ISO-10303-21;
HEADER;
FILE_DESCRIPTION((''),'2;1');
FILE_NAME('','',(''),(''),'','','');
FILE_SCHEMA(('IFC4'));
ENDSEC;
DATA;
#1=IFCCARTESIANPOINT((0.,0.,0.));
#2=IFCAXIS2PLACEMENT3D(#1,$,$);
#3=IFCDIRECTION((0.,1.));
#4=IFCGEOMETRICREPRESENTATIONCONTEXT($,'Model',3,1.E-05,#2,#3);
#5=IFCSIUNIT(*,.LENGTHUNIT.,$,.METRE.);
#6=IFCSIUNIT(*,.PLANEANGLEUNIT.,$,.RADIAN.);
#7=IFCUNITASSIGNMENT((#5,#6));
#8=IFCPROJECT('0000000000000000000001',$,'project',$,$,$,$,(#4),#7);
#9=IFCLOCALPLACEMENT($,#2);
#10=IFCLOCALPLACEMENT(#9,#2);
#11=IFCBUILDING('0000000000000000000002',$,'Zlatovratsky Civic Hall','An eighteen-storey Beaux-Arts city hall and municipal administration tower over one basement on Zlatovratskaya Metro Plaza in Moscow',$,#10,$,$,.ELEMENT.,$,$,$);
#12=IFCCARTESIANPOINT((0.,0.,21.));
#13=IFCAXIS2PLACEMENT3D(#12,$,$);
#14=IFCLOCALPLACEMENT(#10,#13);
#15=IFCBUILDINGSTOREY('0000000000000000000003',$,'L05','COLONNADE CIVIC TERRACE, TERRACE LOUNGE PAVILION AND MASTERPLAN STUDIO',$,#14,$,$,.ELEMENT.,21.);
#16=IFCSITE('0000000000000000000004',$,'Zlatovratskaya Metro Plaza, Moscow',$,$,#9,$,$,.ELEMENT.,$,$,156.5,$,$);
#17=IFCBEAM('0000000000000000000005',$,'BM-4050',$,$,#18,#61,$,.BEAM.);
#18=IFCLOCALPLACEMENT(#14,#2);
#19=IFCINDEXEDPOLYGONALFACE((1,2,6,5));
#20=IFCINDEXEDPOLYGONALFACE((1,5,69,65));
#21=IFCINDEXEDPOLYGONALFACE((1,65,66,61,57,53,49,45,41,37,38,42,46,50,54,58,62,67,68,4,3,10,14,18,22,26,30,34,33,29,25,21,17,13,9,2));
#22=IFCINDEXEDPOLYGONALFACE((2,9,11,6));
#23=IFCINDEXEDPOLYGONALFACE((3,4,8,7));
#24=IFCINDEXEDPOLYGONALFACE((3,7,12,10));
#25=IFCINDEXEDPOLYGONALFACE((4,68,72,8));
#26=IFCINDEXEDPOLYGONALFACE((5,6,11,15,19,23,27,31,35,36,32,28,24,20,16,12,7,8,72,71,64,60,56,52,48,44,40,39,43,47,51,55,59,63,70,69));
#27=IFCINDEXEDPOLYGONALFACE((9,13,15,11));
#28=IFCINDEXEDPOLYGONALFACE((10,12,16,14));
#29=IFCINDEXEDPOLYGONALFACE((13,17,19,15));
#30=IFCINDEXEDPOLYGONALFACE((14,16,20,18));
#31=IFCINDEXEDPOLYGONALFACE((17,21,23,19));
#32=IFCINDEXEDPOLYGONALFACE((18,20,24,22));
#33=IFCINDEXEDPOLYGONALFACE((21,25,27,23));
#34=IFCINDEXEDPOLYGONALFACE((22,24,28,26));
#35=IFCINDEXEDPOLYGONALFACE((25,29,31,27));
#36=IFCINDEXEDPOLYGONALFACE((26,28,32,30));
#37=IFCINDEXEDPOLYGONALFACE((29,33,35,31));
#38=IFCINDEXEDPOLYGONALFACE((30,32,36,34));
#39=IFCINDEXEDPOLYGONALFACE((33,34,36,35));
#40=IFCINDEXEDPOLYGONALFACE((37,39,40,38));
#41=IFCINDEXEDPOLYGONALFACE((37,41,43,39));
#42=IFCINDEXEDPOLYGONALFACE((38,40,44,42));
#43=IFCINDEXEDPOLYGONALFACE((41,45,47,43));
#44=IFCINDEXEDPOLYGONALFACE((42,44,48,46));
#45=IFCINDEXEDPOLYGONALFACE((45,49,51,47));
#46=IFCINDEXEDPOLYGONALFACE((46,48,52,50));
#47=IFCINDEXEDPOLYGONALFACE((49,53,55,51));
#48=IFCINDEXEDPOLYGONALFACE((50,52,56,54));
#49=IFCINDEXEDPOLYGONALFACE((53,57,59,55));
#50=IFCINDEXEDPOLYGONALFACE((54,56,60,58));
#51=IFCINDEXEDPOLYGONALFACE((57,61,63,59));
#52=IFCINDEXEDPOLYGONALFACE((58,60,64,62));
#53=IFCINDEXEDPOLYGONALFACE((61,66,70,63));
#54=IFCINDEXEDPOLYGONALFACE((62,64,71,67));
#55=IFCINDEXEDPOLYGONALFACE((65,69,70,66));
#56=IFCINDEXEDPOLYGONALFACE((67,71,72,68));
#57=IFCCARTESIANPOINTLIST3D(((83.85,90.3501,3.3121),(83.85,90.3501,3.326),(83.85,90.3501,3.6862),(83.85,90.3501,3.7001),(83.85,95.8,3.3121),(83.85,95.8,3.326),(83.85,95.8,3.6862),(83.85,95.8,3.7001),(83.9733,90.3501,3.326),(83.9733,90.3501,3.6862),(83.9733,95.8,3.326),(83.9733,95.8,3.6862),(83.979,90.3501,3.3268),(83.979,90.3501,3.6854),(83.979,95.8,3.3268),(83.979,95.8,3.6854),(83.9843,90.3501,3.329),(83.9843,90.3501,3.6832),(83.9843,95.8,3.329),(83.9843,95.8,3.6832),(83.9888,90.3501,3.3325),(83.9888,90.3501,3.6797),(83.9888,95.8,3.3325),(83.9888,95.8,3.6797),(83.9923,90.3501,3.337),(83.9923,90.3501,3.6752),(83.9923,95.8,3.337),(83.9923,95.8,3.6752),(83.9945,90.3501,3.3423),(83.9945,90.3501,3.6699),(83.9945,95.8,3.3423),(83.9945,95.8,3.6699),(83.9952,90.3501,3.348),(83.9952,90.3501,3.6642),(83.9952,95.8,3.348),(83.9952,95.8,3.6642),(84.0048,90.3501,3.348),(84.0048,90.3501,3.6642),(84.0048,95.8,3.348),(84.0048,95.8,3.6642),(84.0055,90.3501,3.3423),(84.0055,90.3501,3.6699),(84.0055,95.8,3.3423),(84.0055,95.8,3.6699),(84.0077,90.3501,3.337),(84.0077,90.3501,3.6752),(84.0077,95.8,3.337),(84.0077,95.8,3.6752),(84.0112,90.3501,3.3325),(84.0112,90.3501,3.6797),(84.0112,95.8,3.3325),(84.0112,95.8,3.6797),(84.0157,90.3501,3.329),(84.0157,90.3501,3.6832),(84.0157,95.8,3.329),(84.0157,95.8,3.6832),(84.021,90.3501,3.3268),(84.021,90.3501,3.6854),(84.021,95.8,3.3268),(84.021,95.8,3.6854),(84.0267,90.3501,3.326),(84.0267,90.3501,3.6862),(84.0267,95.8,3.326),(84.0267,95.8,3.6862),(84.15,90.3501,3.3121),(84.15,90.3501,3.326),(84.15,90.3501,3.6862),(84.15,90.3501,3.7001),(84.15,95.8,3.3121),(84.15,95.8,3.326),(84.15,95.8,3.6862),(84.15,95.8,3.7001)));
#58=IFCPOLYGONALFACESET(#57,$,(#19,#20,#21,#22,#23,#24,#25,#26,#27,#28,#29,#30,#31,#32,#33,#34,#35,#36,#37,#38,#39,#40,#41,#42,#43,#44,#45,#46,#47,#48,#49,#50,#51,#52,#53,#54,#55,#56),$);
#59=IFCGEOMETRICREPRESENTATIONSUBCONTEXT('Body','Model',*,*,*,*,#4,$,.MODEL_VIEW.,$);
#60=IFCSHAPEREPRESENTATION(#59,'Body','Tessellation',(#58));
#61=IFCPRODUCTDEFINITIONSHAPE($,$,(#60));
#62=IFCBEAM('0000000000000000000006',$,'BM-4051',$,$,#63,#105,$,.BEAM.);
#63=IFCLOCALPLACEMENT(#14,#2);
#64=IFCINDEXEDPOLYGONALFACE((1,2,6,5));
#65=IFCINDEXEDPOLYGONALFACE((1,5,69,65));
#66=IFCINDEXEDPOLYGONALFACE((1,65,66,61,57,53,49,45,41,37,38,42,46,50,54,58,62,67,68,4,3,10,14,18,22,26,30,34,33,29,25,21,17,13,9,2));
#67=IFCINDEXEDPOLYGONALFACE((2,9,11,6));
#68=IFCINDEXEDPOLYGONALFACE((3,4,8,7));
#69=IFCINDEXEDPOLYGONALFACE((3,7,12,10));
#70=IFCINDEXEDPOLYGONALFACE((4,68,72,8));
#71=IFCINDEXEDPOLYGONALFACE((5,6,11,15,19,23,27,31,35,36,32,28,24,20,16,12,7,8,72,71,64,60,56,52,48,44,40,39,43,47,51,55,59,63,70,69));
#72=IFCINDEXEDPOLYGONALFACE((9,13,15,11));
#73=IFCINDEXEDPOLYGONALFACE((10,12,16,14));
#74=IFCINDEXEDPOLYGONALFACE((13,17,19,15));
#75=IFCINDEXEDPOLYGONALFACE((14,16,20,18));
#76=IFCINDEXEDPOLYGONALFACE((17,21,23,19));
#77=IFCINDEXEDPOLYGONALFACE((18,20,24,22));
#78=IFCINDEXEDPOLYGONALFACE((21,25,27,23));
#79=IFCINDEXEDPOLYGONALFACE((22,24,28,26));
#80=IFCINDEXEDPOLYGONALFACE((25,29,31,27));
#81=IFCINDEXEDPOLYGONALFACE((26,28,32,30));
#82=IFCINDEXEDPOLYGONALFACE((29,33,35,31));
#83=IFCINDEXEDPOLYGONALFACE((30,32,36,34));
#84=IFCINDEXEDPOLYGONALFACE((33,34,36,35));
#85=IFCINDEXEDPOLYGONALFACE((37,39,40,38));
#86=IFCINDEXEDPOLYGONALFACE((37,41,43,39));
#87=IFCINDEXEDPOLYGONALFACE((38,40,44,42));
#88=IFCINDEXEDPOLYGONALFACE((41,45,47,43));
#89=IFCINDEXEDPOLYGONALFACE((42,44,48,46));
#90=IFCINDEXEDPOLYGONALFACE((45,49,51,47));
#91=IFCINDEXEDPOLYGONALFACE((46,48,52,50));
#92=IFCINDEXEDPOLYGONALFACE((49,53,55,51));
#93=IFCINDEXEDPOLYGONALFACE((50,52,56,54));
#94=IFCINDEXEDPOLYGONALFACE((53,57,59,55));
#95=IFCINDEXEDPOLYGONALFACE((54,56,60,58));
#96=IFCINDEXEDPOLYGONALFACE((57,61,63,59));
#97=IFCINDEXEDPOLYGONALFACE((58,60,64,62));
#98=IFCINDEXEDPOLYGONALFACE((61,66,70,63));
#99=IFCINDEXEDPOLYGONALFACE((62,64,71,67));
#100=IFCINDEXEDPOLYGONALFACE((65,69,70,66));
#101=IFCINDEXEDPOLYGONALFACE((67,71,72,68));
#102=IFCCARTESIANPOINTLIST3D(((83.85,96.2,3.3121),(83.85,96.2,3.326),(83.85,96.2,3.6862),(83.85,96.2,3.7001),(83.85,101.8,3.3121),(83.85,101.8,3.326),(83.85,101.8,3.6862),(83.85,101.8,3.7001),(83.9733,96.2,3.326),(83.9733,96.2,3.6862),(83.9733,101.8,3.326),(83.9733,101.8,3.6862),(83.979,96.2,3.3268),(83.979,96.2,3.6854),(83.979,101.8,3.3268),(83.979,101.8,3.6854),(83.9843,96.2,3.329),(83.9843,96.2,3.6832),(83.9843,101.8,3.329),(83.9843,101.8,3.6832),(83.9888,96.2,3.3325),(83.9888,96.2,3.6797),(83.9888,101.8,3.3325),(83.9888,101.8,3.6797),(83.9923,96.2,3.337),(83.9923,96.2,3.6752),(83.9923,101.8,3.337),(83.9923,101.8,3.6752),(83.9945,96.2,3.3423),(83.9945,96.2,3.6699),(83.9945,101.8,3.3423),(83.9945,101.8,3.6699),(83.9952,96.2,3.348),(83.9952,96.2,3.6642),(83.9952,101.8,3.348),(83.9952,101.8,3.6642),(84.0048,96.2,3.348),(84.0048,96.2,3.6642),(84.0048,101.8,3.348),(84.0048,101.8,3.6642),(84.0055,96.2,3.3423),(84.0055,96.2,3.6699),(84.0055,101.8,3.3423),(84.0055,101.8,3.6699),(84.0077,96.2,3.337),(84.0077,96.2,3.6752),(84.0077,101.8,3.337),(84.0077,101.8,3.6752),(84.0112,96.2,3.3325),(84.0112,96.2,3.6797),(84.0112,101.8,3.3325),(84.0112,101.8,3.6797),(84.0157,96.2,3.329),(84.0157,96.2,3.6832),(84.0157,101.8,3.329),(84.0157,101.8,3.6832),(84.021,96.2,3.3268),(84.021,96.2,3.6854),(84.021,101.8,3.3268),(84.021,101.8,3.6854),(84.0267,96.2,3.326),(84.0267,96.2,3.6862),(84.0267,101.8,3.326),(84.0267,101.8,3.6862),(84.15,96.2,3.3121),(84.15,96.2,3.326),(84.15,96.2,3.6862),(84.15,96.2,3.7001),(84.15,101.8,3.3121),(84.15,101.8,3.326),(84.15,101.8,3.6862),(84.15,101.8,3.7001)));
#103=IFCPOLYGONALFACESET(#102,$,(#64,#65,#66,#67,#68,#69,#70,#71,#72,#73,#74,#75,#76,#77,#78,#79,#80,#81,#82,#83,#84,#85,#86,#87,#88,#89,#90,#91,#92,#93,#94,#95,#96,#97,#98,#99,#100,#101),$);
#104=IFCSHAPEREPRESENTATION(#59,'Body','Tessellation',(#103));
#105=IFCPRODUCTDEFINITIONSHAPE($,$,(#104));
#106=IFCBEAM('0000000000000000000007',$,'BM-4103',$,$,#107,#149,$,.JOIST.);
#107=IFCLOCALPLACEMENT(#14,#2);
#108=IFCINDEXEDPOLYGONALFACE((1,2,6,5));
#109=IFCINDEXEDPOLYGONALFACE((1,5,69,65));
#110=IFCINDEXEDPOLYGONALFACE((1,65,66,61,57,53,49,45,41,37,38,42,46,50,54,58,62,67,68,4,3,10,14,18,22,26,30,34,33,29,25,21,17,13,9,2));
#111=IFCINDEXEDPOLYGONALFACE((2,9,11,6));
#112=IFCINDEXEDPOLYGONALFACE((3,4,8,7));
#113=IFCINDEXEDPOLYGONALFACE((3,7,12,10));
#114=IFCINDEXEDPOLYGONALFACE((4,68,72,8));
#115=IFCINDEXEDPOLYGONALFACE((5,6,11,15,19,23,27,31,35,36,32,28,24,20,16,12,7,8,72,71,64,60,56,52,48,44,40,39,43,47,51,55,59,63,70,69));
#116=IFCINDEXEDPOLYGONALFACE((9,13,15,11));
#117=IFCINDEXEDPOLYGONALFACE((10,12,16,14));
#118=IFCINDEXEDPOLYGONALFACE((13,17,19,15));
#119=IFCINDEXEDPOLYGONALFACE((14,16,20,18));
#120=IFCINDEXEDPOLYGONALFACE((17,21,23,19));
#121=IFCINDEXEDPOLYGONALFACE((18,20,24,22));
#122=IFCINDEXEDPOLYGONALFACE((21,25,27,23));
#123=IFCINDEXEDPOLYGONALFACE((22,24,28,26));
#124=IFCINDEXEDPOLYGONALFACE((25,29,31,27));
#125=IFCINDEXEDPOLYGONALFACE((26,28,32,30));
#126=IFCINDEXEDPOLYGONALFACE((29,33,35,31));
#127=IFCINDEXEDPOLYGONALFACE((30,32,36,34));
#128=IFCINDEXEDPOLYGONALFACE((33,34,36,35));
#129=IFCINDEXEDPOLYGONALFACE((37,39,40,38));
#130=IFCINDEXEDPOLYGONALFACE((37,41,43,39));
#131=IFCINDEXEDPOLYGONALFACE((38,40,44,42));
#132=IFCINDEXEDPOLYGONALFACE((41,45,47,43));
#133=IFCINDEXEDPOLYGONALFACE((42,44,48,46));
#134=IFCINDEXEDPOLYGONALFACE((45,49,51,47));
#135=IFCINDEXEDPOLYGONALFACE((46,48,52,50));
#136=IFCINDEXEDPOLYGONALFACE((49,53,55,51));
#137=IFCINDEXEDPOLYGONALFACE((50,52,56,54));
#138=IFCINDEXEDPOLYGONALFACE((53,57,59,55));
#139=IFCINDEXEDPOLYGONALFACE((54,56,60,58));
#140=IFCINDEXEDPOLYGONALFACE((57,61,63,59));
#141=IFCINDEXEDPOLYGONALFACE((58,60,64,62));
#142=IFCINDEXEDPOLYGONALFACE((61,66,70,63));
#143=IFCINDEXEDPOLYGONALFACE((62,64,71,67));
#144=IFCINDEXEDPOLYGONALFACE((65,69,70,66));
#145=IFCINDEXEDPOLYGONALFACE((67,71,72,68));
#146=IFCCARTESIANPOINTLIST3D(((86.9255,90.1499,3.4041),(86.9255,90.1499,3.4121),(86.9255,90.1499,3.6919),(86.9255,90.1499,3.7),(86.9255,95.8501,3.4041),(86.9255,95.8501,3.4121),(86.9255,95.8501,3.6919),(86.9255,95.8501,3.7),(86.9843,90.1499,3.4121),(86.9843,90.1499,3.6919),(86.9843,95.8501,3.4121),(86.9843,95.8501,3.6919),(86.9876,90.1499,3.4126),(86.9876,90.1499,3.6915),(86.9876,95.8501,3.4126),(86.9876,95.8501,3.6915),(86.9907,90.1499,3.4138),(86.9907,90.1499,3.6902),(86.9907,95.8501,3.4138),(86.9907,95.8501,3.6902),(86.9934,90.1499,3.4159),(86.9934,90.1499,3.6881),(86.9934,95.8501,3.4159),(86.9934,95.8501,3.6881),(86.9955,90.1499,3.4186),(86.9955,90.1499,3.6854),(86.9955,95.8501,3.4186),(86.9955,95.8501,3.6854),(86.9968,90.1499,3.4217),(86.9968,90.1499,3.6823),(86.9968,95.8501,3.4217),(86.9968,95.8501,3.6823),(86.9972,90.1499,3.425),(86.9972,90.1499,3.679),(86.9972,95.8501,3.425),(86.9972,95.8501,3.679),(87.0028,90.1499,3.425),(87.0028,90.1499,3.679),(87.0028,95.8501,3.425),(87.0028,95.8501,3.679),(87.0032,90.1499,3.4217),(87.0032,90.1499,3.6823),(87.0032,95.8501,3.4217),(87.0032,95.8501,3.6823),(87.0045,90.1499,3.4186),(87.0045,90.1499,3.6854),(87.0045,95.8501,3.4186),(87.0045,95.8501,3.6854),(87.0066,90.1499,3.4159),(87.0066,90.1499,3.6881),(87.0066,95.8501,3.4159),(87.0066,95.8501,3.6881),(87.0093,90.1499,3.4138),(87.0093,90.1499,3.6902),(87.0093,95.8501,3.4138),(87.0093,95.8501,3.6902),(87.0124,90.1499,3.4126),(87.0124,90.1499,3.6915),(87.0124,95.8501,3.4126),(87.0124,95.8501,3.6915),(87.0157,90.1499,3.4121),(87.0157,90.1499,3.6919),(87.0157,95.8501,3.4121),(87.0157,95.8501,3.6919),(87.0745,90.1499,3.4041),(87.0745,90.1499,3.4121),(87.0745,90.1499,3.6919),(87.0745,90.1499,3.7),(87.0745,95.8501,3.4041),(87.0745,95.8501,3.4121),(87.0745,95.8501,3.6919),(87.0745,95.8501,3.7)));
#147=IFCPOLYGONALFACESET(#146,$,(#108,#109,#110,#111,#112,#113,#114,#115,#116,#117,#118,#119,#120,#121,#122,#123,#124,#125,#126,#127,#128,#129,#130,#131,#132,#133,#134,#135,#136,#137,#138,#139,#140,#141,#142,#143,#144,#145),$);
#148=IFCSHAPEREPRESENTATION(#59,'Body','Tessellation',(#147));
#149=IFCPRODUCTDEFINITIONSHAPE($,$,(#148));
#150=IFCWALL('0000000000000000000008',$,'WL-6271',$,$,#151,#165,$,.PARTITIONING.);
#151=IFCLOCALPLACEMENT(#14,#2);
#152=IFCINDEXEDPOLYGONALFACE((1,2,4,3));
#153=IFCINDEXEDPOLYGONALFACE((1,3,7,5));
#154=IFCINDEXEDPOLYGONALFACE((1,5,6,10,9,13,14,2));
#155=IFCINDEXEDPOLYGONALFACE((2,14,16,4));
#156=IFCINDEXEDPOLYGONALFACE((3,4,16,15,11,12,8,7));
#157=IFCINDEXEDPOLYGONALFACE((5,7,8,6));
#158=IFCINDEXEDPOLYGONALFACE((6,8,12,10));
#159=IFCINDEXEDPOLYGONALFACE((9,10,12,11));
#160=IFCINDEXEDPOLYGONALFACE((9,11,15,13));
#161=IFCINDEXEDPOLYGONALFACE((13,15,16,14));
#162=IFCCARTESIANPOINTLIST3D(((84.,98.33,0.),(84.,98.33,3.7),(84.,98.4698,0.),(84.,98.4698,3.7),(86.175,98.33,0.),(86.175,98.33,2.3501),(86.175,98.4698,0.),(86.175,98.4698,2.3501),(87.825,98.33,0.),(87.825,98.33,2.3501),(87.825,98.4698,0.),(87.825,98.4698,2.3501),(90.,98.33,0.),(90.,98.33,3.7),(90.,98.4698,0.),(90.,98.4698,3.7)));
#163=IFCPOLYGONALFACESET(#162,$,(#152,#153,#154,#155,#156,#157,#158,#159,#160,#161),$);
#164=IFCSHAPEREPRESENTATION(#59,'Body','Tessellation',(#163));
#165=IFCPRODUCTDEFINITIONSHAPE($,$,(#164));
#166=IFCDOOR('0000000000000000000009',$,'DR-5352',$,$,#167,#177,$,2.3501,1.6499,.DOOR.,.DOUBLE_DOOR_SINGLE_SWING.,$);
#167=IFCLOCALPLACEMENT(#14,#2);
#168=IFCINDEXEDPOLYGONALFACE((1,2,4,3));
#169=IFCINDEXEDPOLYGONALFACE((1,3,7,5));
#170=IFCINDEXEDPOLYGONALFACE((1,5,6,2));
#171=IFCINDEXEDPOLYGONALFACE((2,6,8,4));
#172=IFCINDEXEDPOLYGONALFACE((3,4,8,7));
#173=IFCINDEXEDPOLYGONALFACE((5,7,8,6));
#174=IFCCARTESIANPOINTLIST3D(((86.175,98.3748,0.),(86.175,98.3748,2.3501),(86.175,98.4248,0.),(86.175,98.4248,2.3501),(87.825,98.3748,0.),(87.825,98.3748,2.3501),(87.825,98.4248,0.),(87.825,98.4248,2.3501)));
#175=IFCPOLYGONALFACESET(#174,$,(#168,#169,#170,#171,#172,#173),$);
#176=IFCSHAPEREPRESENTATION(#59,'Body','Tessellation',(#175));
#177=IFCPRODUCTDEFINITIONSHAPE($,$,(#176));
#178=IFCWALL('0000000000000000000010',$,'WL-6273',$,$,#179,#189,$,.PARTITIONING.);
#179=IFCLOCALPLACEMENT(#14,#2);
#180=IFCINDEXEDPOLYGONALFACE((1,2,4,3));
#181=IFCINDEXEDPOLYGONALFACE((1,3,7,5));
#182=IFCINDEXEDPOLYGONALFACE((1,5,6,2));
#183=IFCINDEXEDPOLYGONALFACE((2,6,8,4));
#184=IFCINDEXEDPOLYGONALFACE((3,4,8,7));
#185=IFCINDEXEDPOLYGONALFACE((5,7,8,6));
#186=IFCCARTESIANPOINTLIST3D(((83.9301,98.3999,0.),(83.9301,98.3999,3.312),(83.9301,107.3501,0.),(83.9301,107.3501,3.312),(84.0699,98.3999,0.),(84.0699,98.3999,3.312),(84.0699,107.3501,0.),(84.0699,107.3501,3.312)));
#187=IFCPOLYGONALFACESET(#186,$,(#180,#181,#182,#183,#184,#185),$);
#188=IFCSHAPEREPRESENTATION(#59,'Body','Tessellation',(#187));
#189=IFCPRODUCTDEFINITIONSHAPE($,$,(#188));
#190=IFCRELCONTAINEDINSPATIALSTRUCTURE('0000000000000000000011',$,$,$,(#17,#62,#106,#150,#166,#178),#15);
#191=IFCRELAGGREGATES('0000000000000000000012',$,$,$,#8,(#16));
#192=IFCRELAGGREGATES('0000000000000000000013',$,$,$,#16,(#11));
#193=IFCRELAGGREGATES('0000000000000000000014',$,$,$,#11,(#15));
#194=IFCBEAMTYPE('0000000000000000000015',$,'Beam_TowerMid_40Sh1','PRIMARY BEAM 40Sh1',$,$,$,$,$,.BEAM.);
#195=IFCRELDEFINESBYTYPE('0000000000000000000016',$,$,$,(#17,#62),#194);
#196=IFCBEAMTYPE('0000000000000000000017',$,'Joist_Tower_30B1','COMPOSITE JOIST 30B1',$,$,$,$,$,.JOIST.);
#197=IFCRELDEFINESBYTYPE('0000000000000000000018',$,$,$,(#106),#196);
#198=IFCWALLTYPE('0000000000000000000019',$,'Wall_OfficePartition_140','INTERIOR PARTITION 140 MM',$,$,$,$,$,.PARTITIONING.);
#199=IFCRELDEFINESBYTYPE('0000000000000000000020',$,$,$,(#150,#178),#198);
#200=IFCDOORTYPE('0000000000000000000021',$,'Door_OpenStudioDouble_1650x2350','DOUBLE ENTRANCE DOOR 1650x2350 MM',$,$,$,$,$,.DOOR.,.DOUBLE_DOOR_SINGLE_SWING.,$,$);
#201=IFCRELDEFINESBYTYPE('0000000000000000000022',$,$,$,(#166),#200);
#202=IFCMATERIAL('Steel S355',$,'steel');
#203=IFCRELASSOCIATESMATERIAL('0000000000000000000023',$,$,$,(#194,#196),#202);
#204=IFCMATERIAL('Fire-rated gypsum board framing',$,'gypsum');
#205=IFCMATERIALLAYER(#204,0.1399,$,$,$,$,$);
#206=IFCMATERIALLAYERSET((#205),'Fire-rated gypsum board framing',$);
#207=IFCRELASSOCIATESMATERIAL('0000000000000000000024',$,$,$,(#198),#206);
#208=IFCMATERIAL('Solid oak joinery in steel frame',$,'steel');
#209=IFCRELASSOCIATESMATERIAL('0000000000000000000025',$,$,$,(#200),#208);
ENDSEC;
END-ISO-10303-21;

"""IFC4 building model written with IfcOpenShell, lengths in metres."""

from ifc_helpers import new_model, si_unit, direction, frame, frame_2d, origin, origin_2d, place, context, subcontext, project, spatial, rectangle, i_section, extrude, material, layer, layer_set, material_profile, profile_set, type_object, element, fill, save


model = new_model("IFC4")

# Units and contexts
model_context = context("Model", 3, precision=1e-05, world=origin(), true_north=direction((0.0, 1.0)))
body_context = subcontext(model_context, "Body", "Model", "MODEL_VIEW")
ifc_project = project(units=[si_unit("LENGTHUNIT", "METRE"), si_unit("PLANEANGLEUNIT", "RADIAN")], contexts=[model_context])

# Site, building, storey
site_placement = place(None, origin())
site = spatial("IfcSite", under=ifc_project, at=site_placement, Name="Zlatovratskaya Metro Plaza, Moscow", CompositionType="ELEMENT", RefElevation=156.5)
building_placement = place(site_placement, origin())
building = spatial("IfcBuilding", under=site, at=building_placement, Name="Zlatovratsky Civic Hall", Description="An eighteen-storey Beaux-Arts city hall and municipal administration tower over one basement on Zlatovratskaya Metro Plaza in Moscow", CompositionType="ELEMENT")
storey_placement = place(building_placement, frame((0.0, 0.0, 21.0)))
storey = spatial("IfcBuildingStorey", under=building, at=storey_placement, Name="L05", Description="COLONNADE CIVIC TERRACE, TERRACE LOUNGE PAVILION AND MASTERPLAN STUDIO", CompositionType="ELEMENT", Elevation=21.0)

# Shared definitions
ifc_material_1 = material(Name="Steel S355", Category="steel")

# Beams
ifc_material_profile_1 = material_profile(ifc_material_1, i_section(OverallWidth=0.3, OverallDepth=0.3879, WebThickness=0.0095, FlangeThickness=0.0139, FilletRadius=0.022, at=origin_2d()), Name="40Sh1")
ifc_profile_set_1 = profile_set([ifc_material_profile_1], Name="Steel S355")
beam_type_1 = type_object("IfcBeamType", Name="Beam_TowerMid_40Sh1", Description="PRIMARY BEAM 40Sh1", PredefinedType="BEAM", material=ifc_profile_set_1)
beam_1_placement = place(storey_placement, frame((84.0, 90.3501, 3.5061), z_axis=(0.0, 1.0, 0.0), x_axis=(-1.0, 0.0, 0.0)))
element("IfcBeam", 1, at=beam_1_placement, inside=storey, type_object=beam_type_1, Name="BM-4050", PredefinedType="BEAM", context=body_context, shape_type="SweptSolid", body=[
    extrude(i_section(OverallWidth=0.3, OverallDepth=0.3879, WebThickness=0.0095, FlangeThickness=0.0139, FilletRadius=0.022, at=origin_2d()), origin(), (0.0, 0.0, 1.0), 5.45),
])
beam_2_placement = place(storey_placement, frame((84.0, 96.2, 3.5061), z_axis=(0.0, 1.0, 0.0), x_axis=(-1.0, 0.0, 0.0)))
element("IfcBeam", 2, at=beam_2_placement, inside=storey, type_object=beam_type_1, Name="BM-4051", PredefinedType="BEAM", context=body_context, shape_type="SweptSolid", body=[
    extrude(i_section(OverallWidth=0.3, OverallDepth=0.3879, WebThickness=0.0095, FlangeThickness=0.0139, FilletRadius=0.022, at=origin_2d()), origin(), (0.0, 0.0, 1.0), 5.6001),
])
ifc_material_profile_2 = material_profile(ifc_material_1, i_section(OverallWidth=0.1489, OverallDepth=0.2959, WebThickness=0.0056, FlangeThickness=0.0081, FilletRadius=0.0129, at=origin_2d()), Name="30B1")
ifc_profile_set_2 = profile_set([ifc_material_profile_2], Name="Steel S355")
beam_type_2 = type_object("IfcBeamType", Name="Joist_Tower_30B1", Description="COMPOSITE JOIST 30B1", PredefinedType="JOIST", material=ifc_profile_set_2)
beam_3_placement = place(storey_placement, frame((87.0, 90.1499, 3.552), z_axis=(0.0, 1.0, 0.0), x_axis=(-1.0, 0.0, 0.0)))
element("IfcBeam", 3, at=beam_3_placement, inside=storey, type_object=beam_type_2, Name="BM-4103", PredefinedType="JOIST", context=body_context, shape_type="SweptSolid", body=[
    extrude(i_section(OverallWidth=0.1489, OverallDepth=0.2959, WebThickness=0.0056, FlangeThickness=0.0081, FilletRadius=0.0129, at=origin_2d()), origin(), (0.0, 0.0, 1.0), 5.7002),
])

# Wall, opening, door
ifc_material_2 = material(Name="Fire-rated gypsum board framing", Category="gypsum")
ifc_layer_1 = layer(ifc_material_2, 0.1399)
ifc_layer_set_1 = layer_set([ifc_layer_1], Name="Fire-rated gypsum board framing")
wall_type_1 = type_object("IfcWallType", Name="Wall_OfficePartition_140", Description="INTERIOR PARTITION 140 MM", PredefinedType="PARTITIONING", material=ifc_layer_set_1)
wall_1_placement = place(storey_placement, frame((84.0, 98.3999, 0.0), z_axis=(0.0, 0.0, 1.0), x_axis=(1.0, 0.0, 0.0)))
wall_1 = element("IfcWall", 4, at=wall_1_placement, inside=storey, type_object=wall_type_1, Name="WL-6271", PredefinedType="PARTITIONING", context=body_context, shape_type="SweptSolid", body=[
    extrude(rectangle(XDim=6.0, YDim=0.1399, at=frame_2d((3.0, 0.0))), origin(), (0.0, 0.0, 1.0), 3.7),
])
opening_1_placement = place(wall_1_placement, frame((2.175, 0.0, 0.0)))
opening_1 = element("IfcOpeningElement", 5, at=opening_1_placement, cuts=wall_1, PredefinedType="OPENING", context=body_context, shape_type="SweptSolid", body=[
    extrude(rectangle(XDim=1.6499, YDim=2.3501, at=frame_2d((0.825, 1.175))), frame((0.0, 0.085, 0.0), z_axis=(0.0, -1.0, 0.0), x_axis=(1.0, 0.0, 0.0)), (0.0, 0.0, 1.0), 0.1697),
])
ifc_material_3 = material(Name="Solid oak joinery in steel frame", Category="steel")
door_type_1 = type_object("IfcDoorType", Name="Door_OpenStudioDouble_1650x2350", Description="DOUBLE ENTRANCE DOOR 1650x2350 MM", OperationType="DOUBLE_DOOR_SINGLE_SWING", PredefinedType="DOOR", material=ifc_material_3)
door_1_placement = place(opening_1_placement, origin())
door_1 = element("IfcDoor", 6, at=door_1_placement, inside=storey, type_object=door_type_1, Name="DR-5352", OperationType="DOUBLE_DOOR_SINGLE_SWING", OverallHeight=2.3501, OverallWidth=1.6499, PredefinedType="DOOR", context=body_context, shape_type="SweptSolid", body=[
    extrude(rectangle(XDim=1.6499, YDim=2.3501, at=frame_2d((0.825, 1.175))), frame((0.0, 0.0249, 0.0), z_axis=(0.0, -1.0, 0.0), x_axis=(1.0, 0.0, 0.0)), (0.0, 0.0, 1.0), 0.05),
])
fill(opening_1, door_1)

# Wall
wall_2_placement = place(storey_placement, frame((84.0, 98.3999, 0.0), z_axis=(0.0, 0.0, 1.0), x_axis=(0.0, 1.0, 0.0)))
element("IfcWall", 7, at=wall_2_placement, inside=storey, type_object=wall_type_1, Name="WL-6273", PredefinedType="PARTITIONING", context=body_context, shape_type="SweptSolid", body=[
    extrude(rectangle(XDim=8.9502, YDim=0.1399, at=frame_2d((4.4751, 0.0))), origin(), (0.0, 0.0, 1.0), 3.312),
])

save(model, "model.ifc")
